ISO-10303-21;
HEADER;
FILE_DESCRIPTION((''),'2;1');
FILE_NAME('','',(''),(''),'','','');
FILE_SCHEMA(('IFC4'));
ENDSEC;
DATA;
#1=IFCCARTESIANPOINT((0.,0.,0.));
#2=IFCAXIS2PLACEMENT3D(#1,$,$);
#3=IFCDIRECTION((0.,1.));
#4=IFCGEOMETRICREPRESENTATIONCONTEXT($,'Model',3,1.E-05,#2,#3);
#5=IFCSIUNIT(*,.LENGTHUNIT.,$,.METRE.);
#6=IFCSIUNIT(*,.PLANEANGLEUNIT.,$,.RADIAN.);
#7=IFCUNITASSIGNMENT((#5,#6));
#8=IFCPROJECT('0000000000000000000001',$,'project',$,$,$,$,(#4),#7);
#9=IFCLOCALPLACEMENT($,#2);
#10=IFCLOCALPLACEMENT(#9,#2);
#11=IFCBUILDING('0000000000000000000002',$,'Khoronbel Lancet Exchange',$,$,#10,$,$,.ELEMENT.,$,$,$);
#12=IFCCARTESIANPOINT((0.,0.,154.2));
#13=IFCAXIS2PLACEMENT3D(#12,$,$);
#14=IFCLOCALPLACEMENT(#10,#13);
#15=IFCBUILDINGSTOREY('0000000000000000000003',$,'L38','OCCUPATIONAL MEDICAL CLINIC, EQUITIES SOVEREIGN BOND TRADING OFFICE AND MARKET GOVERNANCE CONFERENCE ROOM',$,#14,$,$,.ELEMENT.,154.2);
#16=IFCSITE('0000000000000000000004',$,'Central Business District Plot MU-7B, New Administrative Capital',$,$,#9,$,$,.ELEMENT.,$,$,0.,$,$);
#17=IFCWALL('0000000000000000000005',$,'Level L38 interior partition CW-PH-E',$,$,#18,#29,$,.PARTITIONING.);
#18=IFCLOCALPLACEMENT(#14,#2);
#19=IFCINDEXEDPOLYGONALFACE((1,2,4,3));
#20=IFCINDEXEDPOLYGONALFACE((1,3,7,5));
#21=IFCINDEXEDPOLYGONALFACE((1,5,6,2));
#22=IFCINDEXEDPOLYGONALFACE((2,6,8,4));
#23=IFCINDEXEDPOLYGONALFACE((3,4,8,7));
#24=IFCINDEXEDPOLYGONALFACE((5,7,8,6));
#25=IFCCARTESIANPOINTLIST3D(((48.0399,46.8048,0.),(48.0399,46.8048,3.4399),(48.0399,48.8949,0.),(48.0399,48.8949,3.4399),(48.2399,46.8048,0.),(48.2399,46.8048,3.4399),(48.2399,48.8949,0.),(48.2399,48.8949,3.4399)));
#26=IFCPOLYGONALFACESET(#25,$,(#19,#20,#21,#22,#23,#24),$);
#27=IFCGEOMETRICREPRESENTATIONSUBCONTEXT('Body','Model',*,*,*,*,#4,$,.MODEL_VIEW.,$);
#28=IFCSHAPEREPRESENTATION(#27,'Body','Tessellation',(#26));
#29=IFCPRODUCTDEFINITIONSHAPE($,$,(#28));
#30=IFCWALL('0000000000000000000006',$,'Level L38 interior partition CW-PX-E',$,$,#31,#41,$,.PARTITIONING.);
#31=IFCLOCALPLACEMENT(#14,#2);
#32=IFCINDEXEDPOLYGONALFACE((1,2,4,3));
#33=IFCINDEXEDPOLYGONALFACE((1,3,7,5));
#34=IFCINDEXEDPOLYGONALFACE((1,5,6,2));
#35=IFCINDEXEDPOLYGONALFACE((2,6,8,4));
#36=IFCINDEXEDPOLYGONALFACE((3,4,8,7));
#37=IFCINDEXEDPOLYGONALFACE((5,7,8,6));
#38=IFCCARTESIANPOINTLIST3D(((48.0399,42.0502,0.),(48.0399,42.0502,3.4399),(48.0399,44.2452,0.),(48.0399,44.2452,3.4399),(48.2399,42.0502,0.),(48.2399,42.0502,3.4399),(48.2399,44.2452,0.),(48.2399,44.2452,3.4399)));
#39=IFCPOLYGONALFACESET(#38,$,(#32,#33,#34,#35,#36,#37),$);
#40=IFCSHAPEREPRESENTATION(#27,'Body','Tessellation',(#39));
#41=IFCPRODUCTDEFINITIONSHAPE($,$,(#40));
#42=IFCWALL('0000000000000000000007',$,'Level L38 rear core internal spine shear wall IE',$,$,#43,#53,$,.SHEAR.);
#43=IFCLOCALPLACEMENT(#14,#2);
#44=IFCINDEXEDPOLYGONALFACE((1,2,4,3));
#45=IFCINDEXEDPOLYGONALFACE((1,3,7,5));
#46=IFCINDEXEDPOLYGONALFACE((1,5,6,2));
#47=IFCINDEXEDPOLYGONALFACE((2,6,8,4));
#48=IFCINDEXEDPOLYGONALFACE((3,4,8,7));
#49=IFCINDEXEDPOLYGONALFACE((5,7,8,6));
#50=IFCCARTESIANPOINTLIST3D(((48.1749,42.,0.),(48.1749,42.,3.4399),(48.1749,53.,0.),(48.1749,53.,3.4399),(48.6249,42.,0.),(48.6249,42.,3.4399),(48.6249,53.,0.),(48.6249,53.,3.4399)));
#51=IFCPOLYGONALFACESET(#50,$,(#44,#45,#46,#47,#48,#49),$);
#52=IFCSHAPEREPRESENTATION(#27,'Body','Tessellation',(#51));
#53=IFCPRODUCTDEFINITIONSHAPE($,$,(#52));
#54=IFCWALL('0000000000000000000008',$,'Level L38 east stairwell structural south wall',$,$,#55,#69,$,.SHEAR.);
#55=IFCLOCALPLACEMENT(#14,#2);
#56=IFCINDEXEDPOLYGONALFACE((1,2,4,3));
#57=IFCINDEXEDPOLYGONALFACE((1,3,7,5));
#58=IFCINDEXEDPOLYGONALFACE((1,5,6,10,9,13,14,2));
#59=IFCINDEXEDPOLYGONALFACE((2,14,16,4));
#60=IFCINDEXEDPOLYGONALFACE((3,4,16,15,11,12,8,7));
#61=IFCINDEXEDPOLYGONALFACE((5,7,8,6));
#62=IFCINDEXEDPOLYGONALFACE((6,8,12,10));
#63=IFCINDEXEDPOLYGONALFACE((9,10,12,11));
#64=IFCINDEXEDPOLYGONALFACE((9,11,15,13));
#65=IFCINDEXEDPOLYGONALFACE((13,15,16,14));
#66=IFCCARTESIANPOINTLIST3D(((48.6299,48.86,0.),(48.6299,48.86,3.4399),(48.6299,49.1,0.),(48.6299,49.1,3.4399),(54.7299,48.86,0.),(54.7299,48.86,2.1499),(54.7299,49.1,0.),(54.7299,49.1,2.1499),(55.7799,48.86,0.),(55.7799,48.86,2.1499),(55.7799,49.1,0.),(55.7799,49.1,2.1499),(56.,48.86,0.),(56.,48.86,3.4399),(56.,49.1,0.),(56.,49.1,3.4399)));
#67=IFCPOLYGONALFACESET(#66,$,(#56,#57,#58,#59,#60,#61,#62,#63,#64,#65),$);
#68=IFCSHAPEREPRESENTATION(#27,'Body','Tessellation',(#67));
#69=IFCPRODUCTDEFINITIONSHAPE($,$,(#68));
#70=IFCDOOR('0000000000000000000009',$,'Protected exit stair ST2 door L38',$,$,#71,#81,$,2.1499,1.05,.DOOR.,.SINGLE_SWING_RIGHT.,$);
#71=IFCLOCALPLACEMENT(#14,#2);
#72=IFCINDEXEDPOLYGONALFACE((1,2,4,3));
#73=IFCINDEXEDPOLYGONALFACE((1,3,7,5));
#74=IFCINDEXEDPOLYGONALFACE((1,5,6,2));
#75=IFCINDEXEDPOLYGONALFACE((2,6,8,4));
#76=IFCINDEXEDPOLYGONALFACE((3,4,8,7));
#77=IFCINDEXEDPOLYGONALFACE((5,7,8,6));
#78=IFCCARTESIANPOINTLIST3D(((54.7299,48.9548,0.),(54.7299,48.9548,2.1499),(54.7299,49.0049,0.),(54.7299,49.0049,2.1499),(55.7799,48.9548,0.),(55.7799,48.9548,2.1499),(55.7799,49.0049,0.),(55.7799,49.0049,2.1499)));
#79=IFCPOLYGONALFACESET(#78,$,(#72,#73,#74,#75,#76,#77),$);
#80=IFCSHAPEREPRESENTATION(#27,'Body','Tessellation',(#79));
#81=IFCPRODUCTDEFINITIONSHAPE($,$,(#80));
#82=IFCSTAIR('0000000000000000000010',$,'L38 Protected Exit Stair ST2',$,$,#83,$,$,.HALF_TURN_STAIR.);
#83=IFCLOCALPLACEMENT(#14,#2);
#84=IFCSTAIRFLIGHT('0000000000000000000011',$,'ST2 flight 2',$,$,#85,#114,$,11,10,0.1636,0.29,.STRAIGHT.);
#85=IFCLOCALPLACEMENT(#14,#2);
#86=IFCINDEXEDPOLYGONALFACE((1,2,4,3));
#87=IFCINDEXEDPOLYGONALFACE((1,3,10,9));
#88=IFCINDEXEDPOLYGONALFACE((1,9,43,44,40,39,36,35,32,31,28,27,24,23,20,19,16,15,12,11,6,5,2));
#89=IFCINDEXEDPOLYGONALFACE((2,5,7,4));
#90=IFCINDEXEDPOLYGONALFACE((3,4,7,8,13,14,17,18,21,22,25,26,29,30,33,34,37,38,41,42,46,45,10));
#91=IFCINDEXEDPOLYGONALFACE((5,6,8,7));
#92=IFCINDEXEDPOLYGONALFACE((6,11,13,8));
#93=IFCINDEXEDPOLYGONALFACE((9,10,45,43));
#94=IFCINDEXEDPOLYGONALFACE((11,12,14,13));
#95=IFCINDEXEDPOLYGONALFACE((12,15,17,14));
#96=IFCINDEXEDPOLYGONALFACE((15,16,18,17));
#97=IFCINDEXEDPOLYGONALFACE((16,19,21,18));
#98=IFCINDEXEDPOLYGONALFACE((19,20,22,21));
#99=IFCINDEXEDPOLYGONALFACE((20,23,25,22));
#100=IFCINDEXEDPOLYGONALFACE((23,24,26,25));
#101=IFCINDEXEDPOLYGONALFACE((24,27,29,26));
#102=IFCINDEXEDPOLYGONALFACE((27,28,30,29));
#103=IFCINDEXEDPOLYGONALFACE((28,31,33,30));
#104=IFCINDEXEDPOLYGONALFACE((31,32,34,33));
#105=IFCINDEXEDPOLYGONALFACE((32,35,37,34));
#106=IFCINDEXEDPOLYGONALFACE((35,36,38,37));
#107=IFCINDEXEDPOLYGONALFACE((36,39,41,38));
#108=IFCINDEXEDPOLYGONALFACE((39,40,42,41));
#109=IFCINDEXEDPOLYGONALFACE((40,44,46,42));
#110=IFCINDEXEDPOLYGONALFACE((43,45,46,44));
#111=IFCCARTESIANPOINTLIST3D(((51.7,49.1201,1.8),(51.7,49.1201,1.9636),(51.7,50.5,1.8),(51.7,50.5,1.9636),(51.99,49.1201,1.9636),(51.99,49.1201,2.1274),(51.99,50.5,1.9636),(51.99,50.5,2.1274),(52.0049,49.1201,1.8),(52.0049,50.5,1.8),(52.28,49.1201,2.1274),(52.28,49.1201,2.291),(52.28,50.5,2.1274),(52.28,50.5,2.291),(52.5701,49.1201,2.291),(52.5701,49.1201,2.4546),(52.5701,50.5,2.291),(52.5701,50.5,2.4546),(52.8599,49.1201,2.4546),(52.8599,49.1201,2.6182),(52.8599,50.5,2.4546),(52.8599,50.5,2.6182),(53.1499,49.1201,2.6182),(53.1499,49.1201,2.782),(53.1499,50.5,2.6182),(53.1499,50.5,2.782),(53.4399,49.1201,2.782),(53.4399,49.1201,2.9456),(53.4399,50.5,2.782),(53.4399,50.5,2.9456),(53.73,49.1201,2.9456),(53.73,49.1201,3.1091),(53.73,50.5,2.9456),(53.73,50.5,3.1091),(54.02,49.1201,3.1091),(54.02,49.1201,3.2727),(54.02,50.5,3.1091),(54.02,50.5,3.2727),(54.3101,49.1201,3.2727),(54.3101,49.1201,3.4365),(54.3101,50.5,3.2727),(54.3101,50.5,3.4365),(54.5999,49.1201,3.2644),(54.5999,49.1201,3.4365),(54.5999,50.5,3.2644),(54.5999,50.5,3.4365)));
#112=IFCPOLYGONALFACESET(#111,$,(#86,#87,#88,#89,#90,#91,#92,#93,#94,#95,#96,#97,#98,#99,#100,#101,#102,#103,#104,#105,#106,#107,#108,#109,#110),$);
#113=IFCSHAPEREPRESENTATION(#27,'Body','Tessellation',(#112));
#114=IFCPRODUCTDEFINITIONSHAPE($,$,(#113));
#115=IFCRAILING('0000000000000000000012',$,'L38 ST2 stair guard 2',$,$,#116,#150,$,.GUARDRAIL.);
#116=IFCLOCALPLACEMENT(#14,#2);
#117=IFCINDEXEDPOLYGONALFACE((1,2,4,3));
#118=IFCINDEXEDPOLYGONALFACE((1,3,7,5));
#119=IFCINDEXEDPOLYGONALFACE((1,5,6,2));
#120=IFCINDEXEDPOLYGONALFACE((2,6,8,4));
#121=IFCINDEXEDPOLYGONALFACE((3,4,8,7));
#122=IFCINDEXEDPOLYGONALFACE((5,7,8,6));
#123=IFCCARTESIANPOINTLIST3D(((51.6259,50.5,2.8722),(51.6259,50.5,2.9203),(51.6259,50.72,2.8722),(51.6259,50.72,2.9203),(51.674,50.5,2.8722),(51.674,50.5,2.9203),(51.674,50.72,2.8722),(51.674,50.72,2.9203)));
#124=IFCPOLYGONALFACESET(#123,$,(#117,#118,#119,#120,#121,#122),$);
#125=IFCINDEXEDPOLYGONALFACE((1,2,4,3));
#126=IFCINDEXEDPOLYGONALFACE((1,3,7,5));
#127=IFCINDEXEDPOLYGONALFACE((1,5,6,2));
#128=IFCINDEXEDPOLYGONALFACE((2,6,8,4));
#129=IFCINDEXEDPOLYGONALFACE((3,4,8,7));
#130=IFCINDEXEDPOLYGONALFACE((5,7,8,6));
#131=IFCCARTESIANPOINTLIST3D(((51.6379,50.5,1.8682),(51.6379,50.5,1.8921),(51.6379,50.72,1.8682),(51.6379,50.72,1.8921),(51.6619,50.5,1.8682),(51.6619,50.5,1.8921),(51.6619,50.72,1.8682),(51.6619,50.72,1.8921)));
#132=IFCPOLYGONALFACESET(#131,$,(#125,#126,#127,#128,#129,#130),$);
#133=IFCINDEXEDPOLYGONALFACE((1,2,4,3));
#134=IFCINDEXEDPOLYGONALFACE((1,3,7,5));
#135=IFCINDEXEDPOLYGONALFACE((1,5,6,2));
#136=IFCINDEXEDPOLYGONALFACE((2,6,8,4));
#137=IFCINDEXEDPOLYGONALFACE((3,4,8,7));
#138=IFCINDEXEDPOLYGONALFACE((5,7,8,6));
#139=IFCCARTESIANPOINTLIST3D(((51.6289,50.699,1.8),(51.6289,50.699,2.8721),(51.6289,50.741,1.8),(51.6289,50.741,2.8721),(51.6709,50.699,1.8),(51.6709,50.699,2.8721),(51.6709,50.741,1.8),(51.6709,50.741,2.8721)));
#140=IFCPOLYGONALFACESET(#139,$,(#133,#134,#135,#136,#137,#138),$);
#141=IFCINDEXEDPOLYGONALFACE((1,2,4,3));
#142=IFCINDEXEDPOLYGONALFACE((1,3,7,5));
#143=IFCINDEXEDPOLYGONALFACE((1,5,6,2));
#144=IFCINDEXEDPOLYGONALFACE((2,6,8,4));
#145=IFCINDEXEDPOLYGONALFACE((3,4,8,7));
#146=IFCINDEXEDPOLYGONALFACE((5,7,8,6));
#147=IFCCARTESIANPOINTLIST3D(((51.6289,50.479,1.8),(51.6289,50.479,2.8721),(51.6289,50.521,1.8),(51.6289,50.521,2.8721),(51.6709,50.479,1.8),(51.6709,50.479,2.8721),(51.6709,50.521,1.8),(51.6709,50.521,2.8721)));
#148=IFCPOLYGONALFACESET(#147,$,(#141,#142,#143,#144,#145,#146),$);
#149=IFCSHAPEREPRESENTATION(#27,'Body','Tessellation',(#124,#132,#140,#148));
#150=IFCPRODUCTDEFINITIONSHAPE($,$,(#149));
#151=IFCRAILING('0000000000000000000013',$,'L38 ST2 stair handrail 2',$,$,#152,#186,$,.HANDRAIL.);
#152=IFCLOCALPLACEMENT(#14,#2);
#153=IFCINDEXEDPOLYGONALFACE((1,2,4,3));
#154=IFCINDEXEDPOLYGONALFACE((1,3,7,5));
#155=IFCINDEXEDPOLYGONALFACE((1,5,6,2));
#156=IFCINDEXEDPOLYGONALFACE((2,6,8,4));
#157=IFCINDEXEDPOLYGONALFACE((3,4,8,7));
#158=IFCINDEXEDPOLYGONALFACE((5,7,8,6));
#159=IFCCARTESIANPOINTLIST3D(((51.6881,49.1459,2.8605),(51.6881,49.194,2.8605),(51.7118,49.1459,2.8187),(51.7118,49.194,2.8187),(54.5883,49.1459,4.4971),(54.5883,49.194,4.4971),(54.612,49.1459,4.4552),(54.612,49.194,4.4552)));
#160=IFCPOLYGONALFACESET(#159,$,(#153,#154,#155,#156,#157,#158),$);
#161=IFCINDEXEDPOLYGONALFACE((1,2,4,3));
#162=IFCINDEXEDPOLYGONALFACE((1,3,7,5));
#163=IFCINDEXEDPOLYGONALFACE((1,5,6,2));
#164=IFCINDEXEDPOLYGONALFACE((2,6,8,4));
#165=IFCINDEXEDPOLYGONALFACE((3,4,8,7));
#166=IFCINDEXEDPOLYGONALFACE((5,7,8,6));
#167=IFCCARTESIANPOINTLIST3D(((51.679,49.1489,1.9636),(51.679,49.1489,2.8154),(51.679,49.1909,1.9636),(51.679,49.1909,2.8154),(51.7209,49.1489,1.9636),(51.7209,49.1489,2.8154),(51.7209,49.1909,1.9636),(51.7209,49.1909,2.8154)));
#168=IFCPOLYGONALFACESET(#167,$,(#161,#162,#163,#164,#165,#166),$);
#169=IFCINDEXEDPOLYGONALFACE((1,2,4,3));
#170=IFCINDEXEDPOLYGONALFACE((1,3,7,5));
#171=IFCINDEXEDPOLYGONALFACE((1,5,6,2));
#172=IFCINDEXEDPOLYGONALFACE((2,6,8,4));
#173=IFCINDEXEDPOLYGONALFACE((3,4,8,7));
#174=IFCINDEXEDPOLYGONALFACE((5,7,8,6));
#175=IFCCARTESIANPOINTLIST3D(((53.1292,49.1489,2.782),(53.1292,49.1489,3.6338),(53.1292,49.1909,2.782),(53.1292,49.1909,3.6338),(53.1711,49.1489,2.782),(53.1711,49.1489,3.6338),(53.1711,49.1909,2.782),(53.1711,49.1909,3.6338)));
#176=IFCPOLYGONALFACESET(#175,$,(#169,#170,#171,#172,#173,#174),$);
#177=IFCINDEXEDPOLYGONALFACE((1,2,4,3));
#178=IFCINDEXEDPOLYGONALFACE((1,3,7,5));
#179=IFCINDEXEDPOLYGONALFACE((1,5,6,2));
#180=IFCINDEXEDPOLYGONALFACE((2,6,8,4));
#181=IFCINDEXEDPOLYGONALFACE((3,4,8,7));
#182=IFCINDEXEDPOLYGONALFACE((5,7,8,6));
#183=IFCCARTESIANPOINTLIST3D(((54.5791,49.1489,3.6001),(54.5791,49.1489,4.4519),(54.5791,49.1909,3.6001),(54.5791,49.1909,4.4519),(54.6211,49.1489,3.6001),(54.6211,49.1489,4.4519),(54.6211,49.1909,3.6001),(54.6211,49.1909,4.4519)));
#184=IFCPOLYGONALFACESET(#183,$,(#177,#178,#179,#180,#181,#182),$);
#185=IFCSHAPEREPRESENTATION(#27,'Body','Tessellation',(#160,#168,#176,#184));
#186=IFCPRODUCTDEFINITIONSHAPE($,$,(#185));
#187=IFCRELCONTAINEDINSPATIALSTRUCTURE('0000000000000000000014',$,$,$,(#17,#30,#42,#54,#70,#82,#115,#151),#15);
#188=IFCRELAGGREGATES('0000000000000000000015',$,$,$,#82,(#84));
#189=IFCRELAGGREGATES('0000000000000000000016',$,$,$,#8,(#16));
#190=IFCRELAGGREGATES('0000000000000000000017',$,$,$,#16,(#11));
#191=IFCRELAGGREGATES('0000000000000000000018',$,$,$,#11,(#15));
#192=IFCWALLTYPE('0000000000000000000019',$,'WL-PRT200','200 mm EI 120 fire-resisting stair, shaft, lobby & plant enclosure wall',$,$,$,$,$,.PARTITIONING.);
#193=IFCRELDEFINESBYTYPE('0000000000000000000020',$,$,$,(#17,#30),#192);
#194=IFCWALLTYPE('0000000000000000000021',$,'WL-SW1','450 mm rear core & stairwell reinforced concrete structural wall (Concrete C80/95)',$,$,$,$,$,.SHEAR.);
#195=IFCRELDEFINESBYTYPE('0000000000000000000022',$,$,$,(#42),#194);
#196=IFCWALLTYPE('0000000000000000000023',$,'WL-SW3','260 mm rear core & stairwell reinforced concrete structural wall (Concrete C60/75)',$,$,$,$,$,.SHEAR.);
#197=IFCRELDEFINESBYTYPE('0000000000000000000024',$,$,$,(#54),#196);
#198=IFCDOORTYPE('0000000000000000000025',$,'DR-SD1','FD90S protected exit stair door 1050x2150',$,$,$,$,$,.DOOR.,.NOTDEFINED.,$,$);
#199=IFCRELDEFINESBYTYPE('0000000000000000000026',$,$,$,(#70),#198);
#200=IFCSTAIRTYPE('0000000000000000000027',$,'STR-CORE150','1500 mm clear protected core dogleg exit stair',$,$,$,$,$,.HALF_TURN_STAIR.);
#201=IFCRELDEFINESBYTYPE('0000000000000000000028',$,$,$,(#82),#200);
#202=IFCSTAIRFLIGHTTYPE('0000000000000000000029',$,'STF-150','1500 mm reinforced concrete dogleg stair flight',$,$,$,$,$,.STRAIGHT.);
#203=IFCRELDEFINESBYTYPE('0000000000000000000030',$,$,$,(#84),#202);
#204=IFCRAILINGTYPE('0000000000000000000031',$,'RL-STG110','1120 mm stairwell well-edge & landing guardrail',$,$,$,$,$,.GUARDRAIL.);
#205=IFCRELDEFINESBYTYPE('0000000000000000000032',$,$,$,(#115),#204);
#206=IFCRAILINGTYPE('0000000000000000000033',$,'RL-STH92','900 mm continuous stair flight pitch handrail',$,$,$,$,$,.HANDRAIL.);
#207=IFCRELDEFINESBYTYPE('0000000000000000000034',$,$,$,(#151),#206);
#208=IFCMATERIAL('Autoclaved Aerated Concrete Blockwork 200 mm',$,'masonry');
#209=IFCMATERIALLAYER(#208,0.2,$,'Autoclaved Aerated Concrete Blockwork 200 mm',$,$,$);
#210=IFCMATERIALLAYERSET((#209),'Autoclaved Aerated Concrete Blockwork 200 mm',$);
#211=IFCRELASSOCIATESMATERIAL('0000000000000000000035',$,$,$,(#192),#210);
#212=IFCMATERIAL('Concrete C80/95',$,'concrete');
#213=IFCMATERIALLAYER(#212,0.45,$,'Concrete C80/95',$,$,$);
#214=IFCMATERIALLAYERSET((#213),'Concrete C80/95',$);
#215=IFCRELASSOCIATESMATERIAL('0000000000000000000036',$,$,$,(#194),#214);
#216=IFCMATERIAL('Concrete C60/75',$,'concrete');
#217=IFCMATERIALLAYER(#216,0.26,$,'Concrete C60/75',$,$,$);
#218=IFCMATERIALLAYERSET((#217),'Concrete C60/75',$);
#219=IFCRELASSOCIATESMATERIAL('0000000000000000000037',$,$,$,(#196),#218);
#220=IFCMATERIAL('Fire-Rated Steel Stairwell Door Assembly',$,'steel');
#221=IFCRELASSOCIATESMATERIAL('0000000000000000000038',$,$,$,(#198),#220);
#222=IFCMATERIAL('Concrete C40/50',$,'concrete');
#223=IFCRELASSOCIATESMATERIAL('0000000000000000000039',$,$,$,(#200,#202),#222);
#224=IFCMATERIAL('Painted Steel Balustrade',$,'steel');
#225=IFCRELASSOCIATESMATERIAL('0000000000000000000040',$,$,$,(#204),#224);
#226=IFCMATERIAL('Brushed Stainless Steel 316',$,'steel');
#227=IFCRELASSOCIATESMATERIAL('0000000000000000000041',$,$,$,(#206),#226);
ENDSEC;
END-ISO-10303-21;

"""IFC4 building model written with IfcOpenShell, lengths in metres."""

from ifc_helpers import new_model, si_unit, direction, frame, frame_2d, origin, origin_2d, place, context, subcontext, project, spatial, polyline, rectangle, outline, extrude, material, layer, layer_set, type_object, element, fill, aggregate, save


model = new_model("IFC4")

# Units and contexts
model_context = context("Model", 3, precision=1e-05, world=origin(), true_north=direction((0.0, 1.0)))
body_context = subcontext(model_context, "Body", "Model", "MODEL_VIEW")
ifc_project = project(units=[si_unit("LENGTHUNIT", "METRE"), si_unit("PLANEANGLEUNIT", "RADIAN")], contexts=[model_context])

# Site, building, storey
site_placement = place(None, origin())
site = spatial("IfcSite", under=ifc_project, at=site_placement, Name="Central Business District Plot MU-7B, New Administrative Capital", CompositionType="ELEMENT", RefElevation=0.0)
building_placement = place(site_placement, origin())
building = spatial("IfcBuilding", under=site, at=building_placement, Name="Khoronbel Lancet Exchange", CompositionType="ELEMENT")
storey_placement = place(building_placement, frame((0.0, 0.0, 154.2)))
storey = spatial("IfcBuildingStorey", under=building, at=storey_placement, Name="L38", Description="OCCUPATIONAL MEDICAL CLINIC, EQUITIES SOVEREIGN BOND TRADING OFFICE AND MARKET GOVERNANCE CONFERENCE ROOM", CompositionType="ELEMENT", Elevation=154.2)

# Shared definitions
ifc_material_1 = material(Name="Autoclaved Aerated Concrete Blockwork 200 mm", Category="masonry")
ifc_layer_1 = layer(ifc_material_1, 0.2, Name="Autoclaved Aerated Concrete Blockwork 200 mm")
ifc_layer_set_1 = layer_set([ifc_layer_1], Name="Autoclaved Aerated Concrete Blockwork 200 mm")
wall_type_1 = type_object("IfcWallType", Name="WL-PRT200", Description="200 mm EI 120 fire-resisting stair, shaft, lobby & plant enclosure wall", PredefinedType="PARTITIONING", material=ifc_layer_set_1)

# Walls
wall_1_placement = place(storey_placement, frame((48.1399, 46.8049, 0.0), z_axis=(0.0, 0.0, 1.0), x_axis=(0.0, 1.0, 0.0)))
element("IfcWall", 1, at=wall_1_placement, inside=storey, type_object=wall_type_1, Name="Level L38 interior partition CW-PH-E", PredefinedType="PARTITIONING", context=body_context, shape_type="SweptSolid", body=[
    extrude(rectangle(XDim=2.0901, YDim=0.2, at=frame_2d((1.0449, 0.0))), origin(), (0.0, 0.0, 1.0), 3.4399),
])
wall_2_placement = place(storey_placement, frame((48.1399, 42.05, 0.0), z_axis=(0.0, 0.0, 1.0), x_axis=(0.0, 1.0, 0.0)))
element("IfcWall", 2, at=wall_2_placement, inside=storey, type_object=wall_type_1, Name="Level L38 interior partition CW-PX-E", PredefinedType="PARTITIONING", context=body_context, shape_type="SweptSolid", body=[
    extrude(rectangle(XDim=2.1951, YDim=0.2, at=frame_2d((1.0977, 0.0))), origin(), (0.0, 0.0, 1.0), 3.4399),
])
ifc_material_2 = material(Name="Concrete C80/95", Category="concrete")
ifc_layer_2 = layer(ifc_material_2, 0.45, Name="Concrete C80/95")
ifc_layer_set_2 = layer_set([ifc_layer_2], Name="Concrete C80/95")
wall_type_2 = type_object("IfcWallType", Name="WL-SW1", Description="450 mm rear core & stairwell reinforced concrete structural wall (Concrete C80/95)", PredefinedType="SHEAR", material=ifc_layer_set_2)
wall_3_placement = place(storey_placement, frame((48.3999, 42.0, 0.0), z_axis=(0.0, 0.0, 1.0), x_axis=(0.0, 1.0, 0.0)))
element("IfcWall", 3, at=wall_3_placement, inside=storey, type_object=wall_type_2, Name="Level L38 rear core internal spine shear wall IE", PredefinedType="SHEAR", context=body_context, shape_type="SweptSolid", body=[
    extrude(rectangle(XDim=11.0, YDim=0.45, at=frame_2d((5.5, 0.0))), origin(), (0.0, 0.0, 1.0), 3.4399),
])

# Wall, opening, door
ifc_material_3 = material(Name="Concrete C60/75", Category="concrete")
ifc_layer_3 = layer(ifc_material_3, 0.26, Name="Concrete C60/75")
ifc_layer_set_3 = layer_set([ifc_layer_3], Name="Concrete C60/75")
wall_type_3 = type_object("IfcWallType", Name="WL-SW3", Description="260 mm rear core & stairwell reinforced concrete structural wall (Concrete C60/75)", PredefinedType="SHEAR", material=ifc_layer_set_3)
wall_4_placement = place(storey_placement, frame((48.6299, 48.98, 0.0), z_axis=(0.0, 0.0, 1.0), x_axis=(1.0, 0.0, 0.0)))
wall_4 = element("IfcWall", 4, at=wall_4_placement, inside=storey, type_object=wall_type_3, Name="Level L38 east stairwell structural south wall", PredefinedType="SHEAR", context=body_context, shape_type="SweptSolid", body=[
    extrude(rectangle(XDim=7.3701, YDim=0.24, at=frame_2d((3.6851, 0.0))), origin(), (0.0, 0.0, 1.0), 3.4399),
])
opening_1_placement = place(wall_4_placement, frame((6.1001, 0.0, 0.0)))
opening_1 = element("IfcOpeningElement", 5, at=opening_1_placement, cuts=wall_4, PredefinedType="OPENING", context=body_context, shape_type="SweptSolid", body=[
    extrude(rectangle(XDim=1.05, YDim=2.1499, at=frame_2d((0.5249, 1.075))), frame((0.0, 0.1299, 0.0), z_axis=(0.0, -1.0, 0.0), x_axis=(1.0, 0.0, 0.0)), (0.0, 0.0, 1.0), 0.26),
])
ifc_material_4 = material(Name="Fire-Rated Steel Stairwell Door Assembly", Category="steel")
door_type_1 = type_object("IfcDoorType", Name="DR-SD1", Description="FD90S protected exit stair door 1050x2150", OperationType="NOTDEFINED", PredefinedType="DOOR", material=ifc_material_4)
door_1_placement = place(opening_1_placement, origin())
door_1 = element("IfcDoor", 6, at=door_1_placement, inside=storey, type_object=door_type_1, Name="Protected exit stair ST2 door L38", OperationType="SINGLE_SWING_RIGHT", OverallHeight=2.1499, OverallWidth=1.05, PredefinedType="DOOR", context=body_context, shape_type="SweptSolid", body=[
    extrude(rectangle(XDim=1.05, YDim=2.1499, at=frame_2d((0.5249, 1.075))), frame((0.0, 0.0249, 0.0), z_axis=(0.0, -1.0, 0.0), x_axis=(1.0, 0.0, 0.0)), (0.0, 0.0, 1.0), 0.05),
])
fill(opening_1, door_1)

# Stair, stair flight
ifc_material_5 = material(Name="Concrete C40/50", Category="concrete")
stair_type = type_object("IfcStairType", Name="STR-CORE150", Description="1500 mm clear protected core dogleg exit stair", PredefinedType="HALF_TURN_STAIR", material=ifc_material_5)
stair_placement = place(storey_placement, origin())
stair = element("IfcStair", 7, at=stair_placement, inside=storey, type_object=stair_type, Name="L38 Protected Exit Stair ST2", PredefinedType="HALF_TURN_STAIR")
stair_flight_type = type_object("IfcStairFlightType", Name="STF-150", Description="1500 mm reinforced concrete dogleg stair flight", PredefinedType="STRAIGHT", material=ifc_material_5)
stair_flight_placement = place(storey_placement, frame((51.7, 49.8101, 1.8), z_axis=(0.0, 0.0, 1.0), x_axis=(1.0, 0.0, 0.0)))
stair_flight = element("IfcStairFlight", 8, at=stair_flight_placement, type_object=stair_flight_type, Name="ST2 flight 2", NumberOfRisers=11, NumberOfTreads=10, PredefinedType="STRAIGHT", RiserHeight=0.1636, TreadLength=0.29, context=body_context, shape_type="SweptSolid", body=[
    extrude(outline(polyline([(0.0, 0.0), (0.0, 0.1636), (0.29, 0.1636), (0.29, 0.3274), (0.5801, 0.3274), (0.5801, 0.491), (0.8701, 0.491), (0.8701, 0.6545), (1.1599, 0.6545), (1.1599, 0.8181), (1.45, 0.8181), (1.45, 0.9819), (1.74, 0.9819), (1.74, 1.1455), (2.03, 1.1455), (2.03, 1.3091), (2.3201, 1.3091), (2.3201, 1.4727), (2.6101, 1.4727), (2.6101, 1.6365), (2.8999, 1.6365), (2.8999, 1.8), (2.8999, 1.4644), (0.3049, 0.0), (0.0, 0.0)])), frame((0.0, 0.6899, 0.0), z_axis=(0.0, -1.0, 0.0), x_axis=(1.0, 0.0, 0.0)), (0.0, 0.0, 1.0), 1.3799),
])
aggregate(stair, [stair_flight])

# Railings
ifc_material_6 = material(Name="Painted Steel Balustrade", Category="steel")
railing_type_1 = type_object("IfcRailingType", Name="RL-STG110", Description="1120 mm stairwell well-edge & landing guardrail", PredefinedType="GUARDRAIL", material=ifc_material_6)
railing_1_placement = place(storey_placement, frame((51.6499, 50.72, 1.8)))
element("IfcRailing", 9, at=railing_1_placement, inside=storey, type_object=railing_type_1, Name="L38 ST2 stair guard 2", PredefinedType="GUARDRAIL", context=body_context, shape_type="SweptSolid", body=[
    extrude(rectangle(XDim=0.0481, YDim=0.0481, at=origin_2d()), frame((0.0, 0.0, 1.0962), z_axis=(0.0, -1.0, 0.0), x_axis=(1.0, 0.0, 0.0)), (0.0, 0.0, 1.0), 0.22),
    extrude(rectangle(XDim=0.0239, YDim=0.0239, at=origin_2d()), frame((0.0, 0.0, 0.0801), z_axis=(0.0, -1.0, 0.0), x_axis=(1.0, 0.0, 0.0)), (0.0, 0.0, 1.0), 0.22),
    extrude(rectangle(XDim=0.042, YDim=0.042, at=origin_2d()), origin(), (0.0, 0.0, 1.0), 1.072),
    extrude(rectangle(XDim=0.042, YDim=0.042, at=origin_2d()), frame((0.0, -0.22, 0.0)), (0.0, 0.0, 1.0), 1.072),
])
ifc_material_7 = material(Name="Brushed Stainless Steel 316", Category="steel")
railing_type_2 = type_object("IfcRailingType", Name="RL-STH92", Description="900 mm continuous stair flight pitch handrail", PredefinedType="HANDRAIL", material=ifc_material_7)
railing_2_placement = place(storey_placement, frame((51.7, 49.1699, 1.9636)))
element("IfcRailing", 10, at=railing_2_placement, inside=storey, type_object=railing_type_2, Name="L38 ST2 stair handrail 2", PredefinedType="HANDRAIL", context=body_context, shape_type="SweptSolid", body=[
    extrude(rectangle(XDim=0.0481, YDim=0.0481, at=origin_2d()), frame((0.0, 0.0, 0.876), z_axis=(0.870915, 0.0, 0.491434), x_axis=(0.0, 1.0, 0.0)), (0.0, 0.0, 1.0), 3.3301),
    extrude(rectangle(XDim=0.042, YDim=0.042, at=origin_2d()), origin(), (0.0, 0.0, 1.0), 0.8518),
    extrude(rectangle(XDim=0.042, YDim=0.042, at=origin_2d()), frame((1.4502, 0.0, 0.8184)), (0.0, 0.0, 1.0), 0.8518),
    extrude(rectangle(XDim=0.042, YDim=0.042, at=origin_2d()), frame((2.9001, 0.0, 1.6365)), (0.0, 0.0, 1.0), 0.8518),
])

save(model, "model.ifc")
